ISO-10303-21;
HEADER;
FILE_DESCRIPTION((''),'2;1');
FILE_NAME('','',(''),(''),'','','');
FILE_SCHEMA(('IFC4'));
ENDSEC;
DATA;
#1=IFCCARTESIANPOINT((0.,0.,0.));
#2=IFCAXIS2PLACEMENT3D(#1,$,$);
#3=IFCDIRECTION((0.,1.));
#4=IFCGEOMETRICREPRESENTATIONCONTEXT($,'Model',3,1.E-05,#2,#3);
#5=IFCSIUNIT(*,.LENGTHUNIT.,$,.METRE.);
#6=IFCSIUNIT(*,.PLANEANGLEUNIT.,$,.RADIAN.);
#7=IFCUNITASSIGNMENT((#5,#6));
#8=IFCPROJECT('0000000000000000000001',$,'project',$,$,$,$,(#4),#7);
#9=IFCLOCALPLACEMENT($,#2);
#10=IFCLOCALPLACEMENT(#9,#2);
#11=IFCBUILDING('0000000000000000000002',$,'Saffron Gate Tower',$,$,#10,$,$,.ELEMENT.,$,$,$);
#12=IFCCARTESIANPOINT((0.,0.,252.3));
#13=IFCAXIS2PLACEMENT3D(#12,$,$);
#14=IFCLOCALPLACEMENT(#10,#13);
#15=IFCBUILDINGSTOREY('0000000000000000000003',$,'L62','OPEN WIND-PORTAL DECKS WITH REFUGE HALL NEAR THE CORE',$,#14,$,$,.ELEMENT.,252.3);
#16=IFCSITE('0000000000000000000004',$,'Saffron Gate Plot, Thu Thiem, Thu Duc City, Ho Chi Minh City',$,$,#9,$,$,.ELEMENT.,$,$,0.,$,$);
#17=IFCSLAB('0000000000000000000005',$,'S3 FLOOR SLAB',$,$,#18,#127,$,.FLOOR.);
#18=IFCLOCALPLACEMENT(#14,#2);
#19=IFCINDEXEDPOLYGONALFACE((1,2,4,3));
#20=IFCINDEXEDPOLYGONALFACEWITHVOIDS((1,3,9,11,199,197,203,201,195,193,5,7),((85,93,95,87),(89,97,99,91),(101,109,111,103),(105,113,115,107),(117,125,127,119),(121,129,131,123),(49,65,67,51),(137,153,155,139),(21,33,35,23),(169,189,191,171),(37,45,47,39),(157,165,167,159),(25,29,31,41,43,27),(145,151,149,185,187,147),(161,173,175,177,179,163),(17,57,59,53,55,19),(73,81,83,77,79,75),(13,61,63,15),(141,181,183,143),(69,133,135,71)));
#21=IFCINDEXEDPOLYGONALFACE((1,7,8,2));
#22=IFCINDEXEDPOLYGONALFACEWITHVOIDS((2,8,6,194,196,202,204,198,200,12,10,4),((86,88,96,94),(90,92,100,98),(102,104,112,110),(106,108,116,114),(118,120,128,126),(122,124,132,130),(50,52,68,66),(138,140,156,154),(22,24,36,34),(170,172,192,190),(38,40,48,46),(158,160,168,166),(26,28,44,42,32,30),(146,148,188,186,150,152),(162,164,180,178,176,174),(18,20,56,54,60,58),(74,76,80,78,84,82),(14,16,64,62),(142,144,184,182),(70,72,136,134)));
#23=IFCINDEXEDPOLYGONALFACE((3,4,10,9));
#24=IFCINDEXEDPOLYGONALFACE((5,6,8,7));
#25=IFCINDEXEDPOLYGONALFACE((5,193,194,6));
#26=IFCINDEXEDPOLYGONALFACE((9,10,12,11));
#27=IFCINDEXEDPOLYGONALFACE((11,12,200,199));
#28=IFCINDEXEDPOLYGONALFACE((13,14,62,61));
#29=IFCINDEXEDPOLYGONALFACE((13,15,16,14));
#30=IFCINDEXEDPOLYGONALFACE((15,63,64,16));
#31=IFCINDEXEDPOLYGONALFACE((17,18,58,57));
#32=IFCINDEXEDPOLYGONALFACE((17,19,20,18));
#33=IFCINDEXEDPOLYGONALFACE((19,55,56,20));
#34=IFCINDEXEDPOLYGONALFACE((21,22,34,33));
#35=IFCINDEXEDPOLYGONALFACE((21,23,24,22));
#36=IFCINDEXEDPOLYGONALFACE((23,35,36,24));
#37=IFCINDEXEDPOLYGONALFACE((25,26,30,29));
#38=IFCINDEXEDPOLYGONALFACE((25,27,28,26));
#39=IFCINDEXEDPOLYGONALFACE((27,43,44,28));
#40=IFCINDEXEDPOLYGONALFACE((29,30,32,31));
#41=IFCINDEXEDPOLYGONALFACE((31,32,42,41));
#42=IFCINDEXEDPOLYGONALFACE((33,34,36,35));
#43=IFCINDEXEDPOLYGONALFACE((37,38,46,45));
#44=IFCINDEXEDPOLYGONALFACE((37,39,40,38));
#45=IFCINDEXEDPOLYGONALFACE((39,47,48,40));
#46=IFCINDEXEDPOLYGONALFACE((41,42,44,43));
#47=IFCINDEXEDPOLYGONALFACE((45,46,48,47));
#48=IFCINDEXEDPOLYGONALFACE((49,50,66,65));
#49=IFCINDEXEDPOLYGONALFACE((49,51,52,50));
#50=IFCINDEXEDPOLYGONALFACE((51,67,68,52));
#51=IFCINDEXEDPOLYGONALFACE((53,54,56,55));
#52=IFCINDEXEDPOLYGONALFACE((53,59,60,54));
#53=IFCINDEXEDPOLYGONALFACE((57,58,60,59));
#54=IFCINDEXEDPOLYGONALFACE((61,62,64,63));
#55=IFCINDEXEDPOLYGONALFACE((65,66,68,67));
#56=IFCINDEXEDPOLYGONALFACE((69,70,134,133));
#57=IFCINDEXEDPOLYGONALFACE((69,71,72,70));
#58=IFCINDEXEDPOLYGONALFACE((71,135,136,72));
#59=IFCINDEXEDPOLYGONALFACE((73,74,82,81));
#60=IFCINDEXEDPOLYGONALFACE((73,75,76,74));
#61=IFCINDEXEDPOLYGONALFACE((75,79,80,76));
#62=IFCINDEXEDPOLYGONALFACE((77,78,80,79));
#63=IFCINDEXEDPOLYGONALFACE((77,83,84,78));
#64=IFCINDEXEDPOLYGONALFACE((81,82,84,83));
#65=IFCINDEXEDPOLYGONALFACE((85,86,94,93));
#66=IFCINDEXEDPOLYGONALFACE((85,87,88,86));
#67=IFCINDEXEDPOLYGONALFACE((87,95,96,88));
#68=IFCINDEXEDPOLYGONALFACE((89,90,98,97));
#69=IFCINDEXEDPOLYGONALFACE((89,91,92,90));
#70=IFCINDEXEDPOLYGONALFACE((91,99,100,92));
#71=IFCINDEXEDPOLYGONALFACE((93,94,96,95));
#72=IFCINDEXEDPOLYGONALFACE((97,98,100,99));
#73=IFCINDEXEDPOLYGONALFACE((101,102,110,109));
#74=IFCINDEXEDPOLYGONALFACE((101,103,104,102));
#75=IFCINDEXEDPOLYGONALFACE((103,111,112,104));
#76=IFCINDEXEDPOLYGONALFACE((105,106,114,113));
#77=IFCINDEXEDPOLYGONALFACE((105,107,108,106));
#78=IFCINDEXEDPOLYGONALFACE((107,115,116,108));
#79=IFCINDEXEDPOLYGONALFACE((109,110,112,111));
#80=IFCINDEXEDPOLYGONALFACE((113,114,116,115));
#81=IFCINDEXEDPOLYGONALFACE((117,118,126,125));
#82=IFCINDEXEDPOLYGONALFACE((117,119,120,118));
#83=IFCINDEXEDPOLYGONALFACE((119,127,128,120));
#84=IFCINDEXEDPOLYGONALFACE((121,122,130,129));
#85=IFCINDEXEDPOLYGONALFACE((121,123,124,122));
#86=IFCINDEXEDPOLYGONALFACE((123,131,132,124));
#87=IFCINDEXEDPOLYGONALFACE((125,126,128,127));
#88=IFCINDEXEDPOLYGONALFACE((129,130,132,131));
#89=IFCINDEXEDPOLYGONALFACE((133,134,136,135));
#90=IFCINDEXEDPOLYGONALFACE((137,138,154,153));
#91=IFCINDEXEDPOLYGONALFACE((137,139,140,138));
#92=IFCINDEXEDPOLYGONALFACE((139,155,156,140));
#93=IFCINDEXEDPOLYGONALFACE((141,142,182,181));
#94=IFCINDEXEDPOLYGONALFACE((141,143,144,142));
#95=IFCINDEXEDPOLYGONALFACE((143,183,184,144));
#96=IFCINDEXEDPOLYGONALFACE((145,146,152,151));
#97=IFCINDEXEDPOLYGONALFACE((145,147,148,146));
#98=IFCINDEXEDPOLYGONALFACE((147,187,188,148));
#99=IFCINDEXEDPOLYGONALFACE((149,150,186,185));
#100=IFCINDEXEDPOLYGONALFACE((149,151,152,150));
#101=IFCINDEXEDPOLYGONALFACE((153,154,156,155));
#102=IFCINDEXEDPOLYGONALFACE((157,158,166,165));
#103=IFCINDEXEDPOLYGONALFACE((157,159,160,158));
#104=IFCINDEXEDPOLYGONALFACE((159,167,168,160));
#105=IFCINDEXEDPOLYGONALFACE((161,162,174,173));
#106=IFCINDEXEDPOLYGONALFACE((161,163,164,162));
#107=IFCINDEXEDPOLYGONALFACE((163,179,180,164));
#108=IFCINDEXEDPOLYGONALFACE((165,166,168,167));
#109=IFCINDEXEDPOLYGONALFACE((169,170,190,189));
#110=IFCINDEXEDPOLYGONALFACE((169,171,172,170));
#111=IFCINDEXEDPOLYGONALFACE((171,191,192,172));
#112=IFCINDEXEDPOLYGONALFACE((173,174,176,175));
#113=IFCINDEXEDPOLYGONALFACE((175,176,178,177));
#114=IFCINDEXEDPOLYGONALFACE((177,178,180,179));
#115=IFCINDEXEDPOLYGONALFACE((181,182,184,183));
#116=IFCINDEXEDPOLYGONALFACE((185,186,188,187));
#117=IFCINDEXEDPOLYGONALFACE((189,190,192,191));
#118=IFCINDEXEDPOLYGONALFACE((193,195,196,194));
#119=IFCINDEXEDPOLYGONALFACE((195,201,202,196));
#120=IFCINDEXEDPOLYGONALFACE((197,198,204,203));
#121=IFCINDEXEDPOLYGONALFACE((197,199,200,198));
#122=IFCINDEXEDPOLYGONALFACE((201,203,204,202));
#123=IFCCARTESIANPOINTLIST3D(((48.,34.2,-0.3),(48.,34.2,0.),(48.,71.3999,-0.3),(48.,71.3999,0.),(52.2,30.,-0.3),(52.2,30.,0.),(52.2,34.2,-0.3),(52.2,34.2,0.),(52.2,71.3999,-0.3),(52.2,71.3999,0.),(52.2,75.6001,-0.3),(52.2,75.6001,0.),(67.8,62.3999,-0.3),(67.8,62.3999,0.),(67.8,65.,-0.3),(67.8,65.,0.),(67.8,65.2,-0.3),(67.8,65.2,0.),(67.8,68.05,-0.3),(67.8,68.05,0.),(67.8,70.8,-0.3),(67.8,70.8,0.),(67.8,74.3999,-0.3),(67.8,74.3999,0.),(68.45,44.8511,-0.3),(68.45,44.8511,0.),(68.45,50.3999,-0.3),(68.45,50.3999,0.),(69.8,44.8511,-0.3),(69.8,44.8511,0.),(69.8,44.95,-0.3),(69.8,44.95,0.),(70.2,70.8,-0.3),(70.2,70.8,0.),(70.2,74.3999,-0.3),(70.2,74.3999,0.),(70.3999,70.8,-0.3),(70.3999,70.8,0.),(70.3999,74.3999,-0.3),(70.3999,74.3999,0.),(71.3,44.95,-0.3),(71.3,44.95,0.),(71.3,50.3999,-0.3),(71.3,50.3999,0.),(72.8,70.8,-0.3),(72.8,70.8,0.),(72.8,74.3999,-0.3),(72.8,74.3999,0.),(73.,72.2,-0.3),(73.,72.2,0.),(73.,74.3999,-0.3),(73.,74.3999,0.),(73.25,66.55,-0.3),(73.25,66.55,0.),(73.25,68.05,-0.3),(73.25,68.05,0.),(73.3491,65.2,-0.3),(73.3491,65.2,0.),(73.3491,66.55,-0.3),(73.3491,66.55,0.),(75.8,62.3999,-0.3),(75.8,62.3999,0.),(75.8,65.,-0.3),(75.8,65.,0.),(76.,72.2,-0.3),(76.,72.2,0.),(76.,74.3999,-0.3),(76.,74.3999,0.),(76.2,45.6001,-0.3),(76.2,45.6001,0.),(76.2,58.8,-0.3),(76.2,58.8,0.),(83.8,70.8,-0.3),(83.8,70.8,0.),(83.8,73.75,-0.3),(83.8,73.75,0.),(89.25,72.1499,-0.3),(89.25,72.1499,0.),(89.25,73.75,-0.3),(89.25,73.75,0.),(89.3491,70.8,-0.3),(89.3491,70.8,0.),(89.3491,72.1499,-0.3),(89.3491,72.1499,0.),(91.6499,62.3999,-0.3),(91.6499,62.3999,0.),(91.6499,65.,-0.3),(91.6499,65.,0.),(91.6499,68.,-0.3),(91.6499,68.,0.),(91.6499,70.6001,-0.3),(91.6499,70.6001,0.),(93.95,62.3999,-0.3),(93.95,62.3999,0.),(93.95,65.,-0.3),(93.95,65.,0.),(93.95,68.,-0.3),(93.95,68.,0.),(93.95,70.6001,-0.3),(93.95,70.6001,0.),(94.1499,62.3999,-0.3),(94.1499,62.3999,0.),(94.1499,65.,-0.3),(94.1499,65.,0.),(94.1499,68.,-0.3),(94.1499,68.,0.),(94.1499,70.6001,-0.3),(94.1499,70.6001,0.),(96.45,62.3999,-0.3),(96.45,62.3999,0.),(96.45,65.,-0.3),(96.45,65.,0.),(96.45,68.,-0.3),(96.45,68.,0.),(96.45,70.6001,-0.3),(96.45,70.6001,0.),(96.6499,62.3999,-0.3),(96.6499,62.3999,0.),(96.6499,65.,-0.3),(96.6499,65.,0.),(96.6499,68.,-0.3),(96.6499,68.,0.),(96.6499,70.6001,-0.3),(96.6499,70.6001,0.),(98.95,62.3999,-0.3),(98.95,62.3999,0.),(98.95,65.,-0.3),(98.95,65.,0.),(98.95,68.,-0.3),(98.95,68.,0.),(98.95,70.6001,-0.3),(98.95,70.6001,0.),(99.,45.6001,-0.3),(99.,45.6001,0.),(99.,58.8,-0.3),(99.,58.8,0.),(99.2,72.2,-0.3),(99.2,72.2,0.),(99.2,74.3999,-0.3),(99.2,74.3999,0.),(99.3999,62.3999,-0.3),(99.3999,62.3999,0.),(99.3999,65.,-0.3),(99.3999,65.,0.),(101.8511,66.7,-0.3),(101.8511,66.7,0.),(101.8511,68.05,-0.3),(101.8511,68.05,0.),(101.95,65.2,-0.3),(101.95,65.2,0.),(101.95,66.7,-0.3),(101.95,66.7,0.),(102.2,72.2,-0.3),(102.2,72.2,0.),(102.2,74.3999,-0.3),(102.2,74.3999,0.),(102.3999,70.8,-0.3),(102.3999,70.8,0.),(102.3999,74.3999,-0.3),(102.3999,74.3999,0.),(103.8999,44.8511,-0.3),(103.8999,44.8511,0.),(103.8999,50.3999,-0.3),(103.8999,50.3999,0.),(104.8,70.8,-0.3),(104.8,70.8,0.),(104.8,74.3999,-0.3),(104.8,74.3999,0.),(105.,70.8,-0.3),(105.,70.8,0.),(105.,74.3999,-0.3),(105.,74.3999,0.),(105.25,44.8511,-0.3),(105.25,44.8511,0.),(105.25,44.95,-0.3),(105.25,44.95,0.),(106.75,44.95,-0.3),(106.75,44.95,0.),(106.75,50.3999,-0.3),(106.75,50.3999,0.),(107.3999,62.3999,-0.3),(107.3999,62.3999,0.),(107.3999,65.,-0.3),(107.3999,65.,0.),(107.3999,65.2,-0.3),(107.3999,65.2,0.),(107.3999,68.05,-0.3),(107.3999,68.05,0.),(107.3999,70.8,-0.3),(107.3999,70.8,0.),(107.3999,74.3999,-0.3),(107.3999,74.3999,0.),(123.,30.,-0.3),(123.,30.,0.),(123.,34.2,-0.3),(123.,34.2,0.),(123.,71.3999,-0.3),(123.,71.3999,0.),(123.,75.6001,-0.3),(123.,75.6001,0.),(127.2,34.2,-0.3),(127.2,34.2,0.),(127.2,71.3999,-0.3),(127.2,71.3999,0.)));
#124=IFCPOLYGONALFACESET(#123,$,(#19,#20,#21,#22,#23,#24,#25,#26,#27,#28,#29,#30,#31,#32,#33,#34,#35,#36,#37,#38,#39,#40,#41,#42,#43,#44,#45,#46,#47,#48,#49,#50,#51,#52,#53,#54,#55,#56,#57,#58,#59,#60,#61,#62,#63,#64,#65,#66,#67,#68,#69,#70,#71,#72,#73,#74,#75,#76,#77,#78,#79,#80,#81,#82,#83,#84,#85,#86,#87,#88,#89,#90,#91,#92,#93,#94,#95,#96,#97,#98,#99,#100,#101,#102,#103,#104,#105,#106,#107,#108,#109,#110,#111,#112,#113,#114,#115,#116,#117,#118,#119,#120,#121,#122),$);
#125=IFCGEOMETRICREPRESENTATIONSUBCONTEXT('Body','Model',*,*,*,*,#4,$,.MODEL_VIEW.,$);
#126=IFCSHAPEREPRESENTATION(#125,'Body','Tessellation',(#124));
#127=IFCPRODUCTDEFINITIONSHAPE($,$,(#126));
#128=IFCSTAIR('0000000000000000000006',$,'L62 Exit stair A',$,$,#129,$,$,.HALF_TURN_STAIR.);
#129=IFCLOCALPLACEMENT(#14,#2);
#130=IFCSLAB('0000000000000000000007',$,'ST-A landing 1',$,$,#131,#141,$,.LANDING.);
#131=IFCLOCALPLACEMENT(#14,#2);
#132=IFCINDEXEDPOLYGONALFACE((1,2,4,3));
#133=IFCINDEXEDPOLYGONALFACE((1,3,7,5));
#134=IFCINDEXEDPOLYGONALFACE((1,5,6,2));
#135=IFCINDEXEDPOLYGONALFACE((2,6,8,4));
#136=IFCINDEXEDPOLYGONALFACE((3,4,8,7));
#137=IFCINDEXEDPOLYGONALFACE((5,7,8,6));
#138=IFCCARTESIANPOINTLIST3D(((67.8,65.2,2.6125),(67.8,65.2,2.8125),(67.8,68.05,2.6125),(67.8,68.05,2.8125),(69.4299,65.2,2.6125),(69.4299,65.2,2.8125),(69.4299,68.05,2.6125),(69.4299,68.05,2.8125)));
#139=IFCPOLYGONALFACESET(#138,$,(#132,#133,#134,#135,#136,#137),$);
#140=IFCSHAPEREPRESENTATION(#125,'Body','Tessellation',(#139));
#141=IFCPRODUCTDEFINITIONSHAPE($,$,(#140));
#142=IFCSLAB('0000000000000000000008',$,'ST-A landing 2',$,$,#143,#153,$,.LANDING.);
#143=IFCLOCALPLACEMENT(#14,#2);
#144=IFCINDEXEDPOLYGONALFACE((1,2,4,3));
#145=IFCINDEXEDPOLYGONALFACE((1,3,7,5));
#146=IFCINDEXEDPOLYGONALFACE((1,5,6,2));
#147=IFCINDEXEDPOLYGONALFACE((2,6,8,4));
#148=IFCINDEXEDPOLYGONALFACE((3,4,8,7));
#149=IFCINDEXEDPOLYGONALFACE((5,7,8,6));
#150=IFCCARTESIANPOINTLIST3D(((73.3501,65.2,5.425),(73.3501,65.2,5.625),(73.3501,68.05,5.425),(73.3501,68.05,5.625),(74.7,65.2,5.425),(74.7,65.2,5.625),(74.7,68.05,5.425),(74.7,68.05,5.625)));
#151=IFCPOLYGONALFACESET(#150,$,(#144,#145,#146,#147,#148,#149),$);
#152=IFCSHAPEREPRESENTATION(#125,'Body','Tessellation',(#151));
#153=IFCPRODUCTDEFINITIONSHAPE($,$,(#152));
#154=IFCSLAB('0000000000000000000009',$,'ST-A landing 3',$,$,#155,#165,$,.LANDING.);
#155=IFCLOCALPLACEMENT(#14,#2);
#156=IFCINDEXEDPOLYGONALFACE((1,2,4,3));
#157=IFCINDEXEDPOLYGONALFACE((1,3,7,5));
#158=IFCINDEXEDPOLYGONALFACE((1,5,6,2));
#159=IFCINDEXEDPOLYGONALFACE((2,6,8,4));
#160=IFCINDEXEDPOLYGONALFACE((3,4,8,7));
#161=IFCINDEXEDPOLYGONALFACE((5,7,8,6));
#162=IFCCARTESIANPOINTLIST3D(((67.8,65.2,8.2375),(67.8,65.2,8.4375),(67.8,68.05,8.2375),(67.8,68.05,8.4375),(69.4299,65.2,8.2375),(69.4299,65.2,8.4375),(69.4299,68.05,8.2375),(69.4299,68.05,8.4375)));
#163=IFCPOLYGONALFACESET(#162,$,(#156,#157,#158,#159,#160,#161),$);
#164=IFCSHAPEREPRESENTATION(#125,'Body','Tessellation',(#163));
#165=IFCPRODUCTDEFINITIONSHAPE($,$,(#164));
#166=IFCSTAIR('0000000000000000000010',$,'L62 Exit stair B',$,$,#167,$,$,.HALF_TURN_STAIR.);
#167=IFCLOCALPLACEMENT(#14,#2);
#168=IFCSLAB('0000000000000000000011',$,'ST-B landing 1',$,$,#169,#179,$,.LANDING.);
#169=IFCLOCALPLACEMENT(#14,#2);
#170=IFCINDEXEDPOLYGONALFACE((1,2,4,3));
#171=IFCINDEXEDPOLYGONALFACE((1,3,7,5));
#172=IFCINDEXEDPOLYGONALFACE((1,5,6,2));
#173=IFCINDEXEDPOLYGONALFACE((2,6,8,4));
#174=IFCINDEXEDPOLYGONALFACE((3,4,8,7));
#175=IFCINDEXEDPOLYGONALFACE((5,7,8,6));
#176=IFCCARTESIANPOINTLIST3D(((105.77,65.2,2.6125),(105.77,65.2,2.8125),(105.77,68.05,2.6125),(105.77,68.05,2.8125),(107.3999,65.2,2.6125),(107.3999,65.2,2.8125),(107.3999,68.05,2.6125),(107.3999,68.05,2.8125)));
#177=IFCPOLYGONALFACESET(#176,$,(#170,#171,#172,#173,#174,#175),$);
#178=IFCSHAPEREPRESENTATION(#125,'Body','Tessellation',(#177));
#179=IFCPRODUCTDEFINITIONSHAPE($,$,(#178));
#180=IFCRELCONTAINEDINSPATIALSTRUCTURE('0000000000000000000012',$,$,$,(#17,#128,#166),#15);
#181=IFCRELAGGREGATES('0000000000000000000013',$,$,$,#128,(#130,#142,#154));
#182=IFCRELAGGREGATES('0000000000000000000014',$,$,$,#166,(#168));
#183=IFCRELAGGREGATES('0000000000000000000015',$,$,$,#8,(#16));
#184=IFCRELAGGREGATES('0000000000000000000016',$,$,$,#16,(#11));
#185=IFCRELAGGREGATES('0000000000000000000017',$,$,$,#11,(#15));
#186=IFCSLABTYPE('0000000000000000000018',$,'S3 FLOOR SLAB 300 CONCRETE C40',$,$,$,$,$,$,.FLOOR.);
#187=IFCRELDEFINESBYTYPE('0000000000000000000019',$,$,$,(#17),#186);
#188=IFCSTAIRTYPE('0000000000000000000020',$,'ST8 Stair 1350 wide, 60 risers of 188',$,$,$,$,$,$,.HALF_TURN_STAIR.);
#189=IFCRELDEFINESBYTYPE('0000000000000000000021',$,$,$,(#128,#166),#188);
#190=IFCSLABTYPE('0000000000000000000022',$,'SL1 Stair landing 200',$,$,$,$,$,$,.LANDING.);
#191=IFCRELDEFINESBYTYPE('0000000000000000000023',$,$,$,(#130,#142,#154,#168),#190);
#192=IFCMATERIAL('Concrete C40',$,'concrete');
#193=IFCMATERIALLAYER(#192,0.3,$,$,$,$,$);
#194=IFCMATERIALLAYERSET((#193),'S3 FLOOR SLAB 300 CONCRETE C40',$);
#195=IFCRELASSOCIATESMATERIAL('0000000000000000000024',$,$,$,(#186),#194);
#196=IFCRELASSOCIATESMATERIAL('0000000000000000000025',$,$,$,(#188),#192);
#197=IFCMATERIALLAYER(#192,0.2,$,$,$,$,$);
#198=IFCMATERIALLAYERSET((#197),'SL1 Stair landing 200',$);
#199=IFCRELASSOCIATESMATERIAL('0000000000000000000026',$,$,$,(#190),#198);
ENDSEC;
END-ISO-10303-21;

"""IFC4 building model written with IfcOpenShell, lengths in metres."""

from ifc_helpers import new_model, si_unit, direction, frame, origin, place, context, subcontext, project, spatial, polyline, outline, extrude, material, layer, layer_set, type_object, element, aggregate, save


model = new_model("IFC4")

# Units and contexts
model_context = context("Model", 3, precision=1e-05, world=origin(), true_north=direction((0.0, 1.0)))
body_context = subcontext(model_context, "Body", "Model", "MODEL_VIEW")
ifc_project = project(units=[si_unit("LENGTHUNIT", "METRE"), si_unit("PLANEANGLEUNIT", "RADIAN")], contexts=[model_context])

# Site, building, storey
site_placement = place(None, origin())
site = spatial("IfcSite", under=ifc_project, at=site_placement, Name="Saffron Gate Plot, Thu Thiem, Thu Duc City, Ho Chi Minh City", CompositionType="ELEMENT", RefElevation=0.0)
building_placement = place(site_placement, origin())
building = spatial("IfcBuilding", under=site, at=building_placement, Name="Saffron Gate Tower", CompositionType="ELEMENT")
storey_placement = place(building_placement, frame((0.0, 0.0, 252.3)))
storey = spatial("IfcBuildingStorey", under=building, at=storey_placement, Name="L62", Description="OPEN WIND-PORTAL DECKS WITH REFUGE HALL NEAR THE CORE", CompositionType="ELEMENT", Elevation=252.3)

# Slab
ifc_material_1 = material(Name="Concrete C40", Category="concrete")
ifc_layer_1 = layer(ifc_material_1, 0.3)
ifc_layer_set_1 = layer_set([ifc_layer_1], Name="S3 FLOOR SLAB 300 CONCRETE C40")
slab_type_1 = type_object("IfcSlabType", Name="S3 FLOOR SLAB 300 CONCRETE C40", PredefinedType="FLOOR", material=ifc_layer_set_1)
slab_1_placement = place(storey_placement, frame((0.0, 0.0, -0.3)))
element("IfcSlab", 1, at=slab_1_placement, inside=storey, type_object=slab_type_1, Name="S3 FLOOR SLAB", PredefinedType="FLOOR", context=body_context, shape_type="SweptSolid", body=[
    extrude(outline(polyline([(48.0, 34.2), (52.2, 34.2), (52.2, 30.0), (123.0, 30.0), (123.0, 34.2), (127.2, 34.2), (127.2, 71.3999), (123.0, 71.3999), (123.0, 75.6001), (52.2, 75.6001), (52.2, 71.3999), (48.0, 71.3999), (48.0, 34.2)]), holes=[polyline([(67.8, 62.3999), (67.8, 65.0), (75.8, 65.0), (75.8, 62.3999), (67.8, 62.3999)]), polyline([(67.8, 65.2), (67.8, 68.05), (73.25, 68.05), (73.25, 66.55), (73.3491, 66.55), (73.3491, 65.2), (67.8, 65.2)]), polyline([(67.8, 70.8), (67.8, 74.3999), (70.2, 74.3999), (70.2, 70.8), (67.8, 70.8)]), polyline([(68.45, 44.8511), (68.45, 50.3999), (71.3, 50.3999), (71.3, 44.95), (69.8, 44.95), (69.8, 44.8511), (68.45, 44.8511)]), polyline([(70.3999, 70.8), (70.3999, 74.3999), (72.8, 74.3999), (72.8, 70.8), (70.3999, 70.8)]), polyline([(73.0, 72.2), (73.0, 74.3999), (76.0, 74.3999), (76.0, 72.2), (73.0, 72.2)]), polyline([(76.2, 45.6001), (76.2, 58.8), (99.0, 58.8), (99.0, 45.6001), (76.2, 45.6001)]), polyline([(83.8, 70.8), (83.8, 73.75), (89.25, 73.75), (89.25, 72.1499), (89.3491, 72.1499), (89.3491, 70.8), (83.8, 70.8)]), polyline([(91.6499, 62.3999), (91.6499, 65.0), (93.95, 65.0), (93.95, 62.3999), (91.6499, 62.3999)]), polyline([(91.6499, 68.0), (91.6499, 70.6001), (93.95, 70.6001), (93.95, 68.0), (91.6499, 68.0)]), polyline([(94.1499, 62.3999), (94.1499, 65.0), (96.45, 65.0), (96.45, 62.3999), (94.1499, 62.3999)]), polyline([(94.1499, 68.0), (94.1499, 70.6001), (96.45, 70.6001), (96.45, 68.0), (94.1499, 68.0)]), polyline([(96.6499, 62.3999), (96.6499, 65.0), (98.95, 65.0), (98.95, 62.3999), (96.6499, 62.3999)]), polyline([(96.6499, 68.0), (96.6499, 70.6001), (98.95, 70.6001), (98.95, 68.0), (96.6499, 68.0)]), polyline([(99.2, 72.2), (99.2, 74.3999), (102.2, 74.3999), (102.2, 72.2), (99.2, 72.2)]), polyline([(99.3999, 62.3999), (99.3999, 65.0), (107.3999, 65.0), (107.3999, 62.3999), (99.3999, 62.3999)]), polyline([(101.8511, 66.7), (101.8511, 68.05), (107.3999, 68.05), (107.3999, 65.2), (101.95, 65.2), (101.95, 66.7), (101.8511, 66.7)]), polyline([(102.3999, 70.8), (102.3999, 74.3999), (104.8, 74.3999), (104.8, 70.8), (102.3999, 70.8)]), polyline([(103.8999, 44.8511), (103.8999, 50.3999), (106.75, 50.3999), (106.75, 44.95), (105.25, 44.95), (105.25, 44.8511), (103.8999, 44.8511)]), polyline([(105.0, 70.8), (105.0, 74.3999), (107.3999, 74.3999), (107.3999, 70.8), (105.0, 70.8)])]), origin(), (0.0, 0.0, 1.0), 0.3),
])

# Stairs, slabs
stair_type = type_object("IfcStairType", Name="ST8 Stair 1350 wide, 60 risers of 188", PredefinedType="HALF_TURN_STAIR", material=ifc_material_1)
stair_1_placement = place(storey_placement, origin())
stair_1 = element("IfcStair", 2, at=stair_1_placement, inside=storey, type_object=stair_type, Name="L62 Exit stair A", PredefinedType="HALF_TURN_STAIR")
ifc_layer_2 = layer(ifc_material_1, 0.2)
ifc_layer_set_2 = layer_set([ifc_layer_2], Name="SL1 Stair landing 200")
slab_type_2 = type_object("IfcSlabType", Name="SL1 Stair landing 200", PredefinedType="LANDING", material=ifc_layer_set_2)
slab_2_placement = place(storey_placement, frame((0.0, 0.0, 2.6125)))
slab_2 = element("IfcSlab", 3, at=slab_2_placement, type_object=slab_type_2, Name="ST-A landing 1", PredefinedType="LANDING", context=body_context, shape_type="SweptSolid", body=[
    extrude(outline(polyline([(69.4299, 68.05), (67.8, 68.05), (67.8, 65.2), (69.4299, 65.2), (69.4299, 68.05)])), origin(), (0.0, 0.0, 1.0), 0.2),
])
slab_3_placement = place(storey_placement, frame((0.0, 0.0, 5.425)))
slab_3 = element("IfcSlab", 4, at=slab_3_placement, type_object=slab_type_2, Name="ST-A landing 2", PredefinedType="LANDING", context=body_context, shape_type="SweptSolid", body=[
    extrude(outline(polyline([(74.7, 68.05), (73.3501, 68.05), (73.3501, 65.2), (74.7, 65.2), (74.7, 68.05)])), origin(), (0.0, 0.0, 1.0), 0.2),
])
slab_4_placement = place(storey_placement, frame((0.0, 0.0, 8.2375)))
slab_4 = element("IfcSlab", 5, at=slab_4_placement, type_object=slab_type_2, Name="ST-A landing 3", PredefinedType="LANDING", context=body_context, shape_type="SweptSolid", body=[
    extrude(outline(polyline([(69.4299, 68.05), (67.8, 68.05), (67.8, 65.2), (69.4299, 65.2), (69.4299, 68.05)])), origin(), (0.0, 0.0, 1.0), 0.2),
])
aggregate(stair_1, [slab_2, slab_3, slab_4])
stair_2_placement = place(storey_placement, origin())
stair_2 = element("IfcStair", 6, at=stair_2_placement, inside=storey, type_object=stair_type, Name="L62 Exit stair B", PredefinedType="HALF_TURN_STAIR")
slab_5_placement = place(storey_placement, frame((0.0, 0.0, 2.6125)))
slab_5 = element("IfcSlab", 7, at=slab_5_placement, type_object=slab_type_2, Name="ST-B landing 1", PredefinedType="LANDING", context=body_context, shape_type="SweptSolid", body=[
    extrude(outline(polyline([(105.77, 65.2), (107.3999, 65.2), (107.3999, 68.05), (105.77, 68.05), (105.77, 65.2)])), origin(), (0.0, 0.0, 1.0), 0.2),
])
aggregate(stair_2, [slab_5])

save(model, "model.ifc")
